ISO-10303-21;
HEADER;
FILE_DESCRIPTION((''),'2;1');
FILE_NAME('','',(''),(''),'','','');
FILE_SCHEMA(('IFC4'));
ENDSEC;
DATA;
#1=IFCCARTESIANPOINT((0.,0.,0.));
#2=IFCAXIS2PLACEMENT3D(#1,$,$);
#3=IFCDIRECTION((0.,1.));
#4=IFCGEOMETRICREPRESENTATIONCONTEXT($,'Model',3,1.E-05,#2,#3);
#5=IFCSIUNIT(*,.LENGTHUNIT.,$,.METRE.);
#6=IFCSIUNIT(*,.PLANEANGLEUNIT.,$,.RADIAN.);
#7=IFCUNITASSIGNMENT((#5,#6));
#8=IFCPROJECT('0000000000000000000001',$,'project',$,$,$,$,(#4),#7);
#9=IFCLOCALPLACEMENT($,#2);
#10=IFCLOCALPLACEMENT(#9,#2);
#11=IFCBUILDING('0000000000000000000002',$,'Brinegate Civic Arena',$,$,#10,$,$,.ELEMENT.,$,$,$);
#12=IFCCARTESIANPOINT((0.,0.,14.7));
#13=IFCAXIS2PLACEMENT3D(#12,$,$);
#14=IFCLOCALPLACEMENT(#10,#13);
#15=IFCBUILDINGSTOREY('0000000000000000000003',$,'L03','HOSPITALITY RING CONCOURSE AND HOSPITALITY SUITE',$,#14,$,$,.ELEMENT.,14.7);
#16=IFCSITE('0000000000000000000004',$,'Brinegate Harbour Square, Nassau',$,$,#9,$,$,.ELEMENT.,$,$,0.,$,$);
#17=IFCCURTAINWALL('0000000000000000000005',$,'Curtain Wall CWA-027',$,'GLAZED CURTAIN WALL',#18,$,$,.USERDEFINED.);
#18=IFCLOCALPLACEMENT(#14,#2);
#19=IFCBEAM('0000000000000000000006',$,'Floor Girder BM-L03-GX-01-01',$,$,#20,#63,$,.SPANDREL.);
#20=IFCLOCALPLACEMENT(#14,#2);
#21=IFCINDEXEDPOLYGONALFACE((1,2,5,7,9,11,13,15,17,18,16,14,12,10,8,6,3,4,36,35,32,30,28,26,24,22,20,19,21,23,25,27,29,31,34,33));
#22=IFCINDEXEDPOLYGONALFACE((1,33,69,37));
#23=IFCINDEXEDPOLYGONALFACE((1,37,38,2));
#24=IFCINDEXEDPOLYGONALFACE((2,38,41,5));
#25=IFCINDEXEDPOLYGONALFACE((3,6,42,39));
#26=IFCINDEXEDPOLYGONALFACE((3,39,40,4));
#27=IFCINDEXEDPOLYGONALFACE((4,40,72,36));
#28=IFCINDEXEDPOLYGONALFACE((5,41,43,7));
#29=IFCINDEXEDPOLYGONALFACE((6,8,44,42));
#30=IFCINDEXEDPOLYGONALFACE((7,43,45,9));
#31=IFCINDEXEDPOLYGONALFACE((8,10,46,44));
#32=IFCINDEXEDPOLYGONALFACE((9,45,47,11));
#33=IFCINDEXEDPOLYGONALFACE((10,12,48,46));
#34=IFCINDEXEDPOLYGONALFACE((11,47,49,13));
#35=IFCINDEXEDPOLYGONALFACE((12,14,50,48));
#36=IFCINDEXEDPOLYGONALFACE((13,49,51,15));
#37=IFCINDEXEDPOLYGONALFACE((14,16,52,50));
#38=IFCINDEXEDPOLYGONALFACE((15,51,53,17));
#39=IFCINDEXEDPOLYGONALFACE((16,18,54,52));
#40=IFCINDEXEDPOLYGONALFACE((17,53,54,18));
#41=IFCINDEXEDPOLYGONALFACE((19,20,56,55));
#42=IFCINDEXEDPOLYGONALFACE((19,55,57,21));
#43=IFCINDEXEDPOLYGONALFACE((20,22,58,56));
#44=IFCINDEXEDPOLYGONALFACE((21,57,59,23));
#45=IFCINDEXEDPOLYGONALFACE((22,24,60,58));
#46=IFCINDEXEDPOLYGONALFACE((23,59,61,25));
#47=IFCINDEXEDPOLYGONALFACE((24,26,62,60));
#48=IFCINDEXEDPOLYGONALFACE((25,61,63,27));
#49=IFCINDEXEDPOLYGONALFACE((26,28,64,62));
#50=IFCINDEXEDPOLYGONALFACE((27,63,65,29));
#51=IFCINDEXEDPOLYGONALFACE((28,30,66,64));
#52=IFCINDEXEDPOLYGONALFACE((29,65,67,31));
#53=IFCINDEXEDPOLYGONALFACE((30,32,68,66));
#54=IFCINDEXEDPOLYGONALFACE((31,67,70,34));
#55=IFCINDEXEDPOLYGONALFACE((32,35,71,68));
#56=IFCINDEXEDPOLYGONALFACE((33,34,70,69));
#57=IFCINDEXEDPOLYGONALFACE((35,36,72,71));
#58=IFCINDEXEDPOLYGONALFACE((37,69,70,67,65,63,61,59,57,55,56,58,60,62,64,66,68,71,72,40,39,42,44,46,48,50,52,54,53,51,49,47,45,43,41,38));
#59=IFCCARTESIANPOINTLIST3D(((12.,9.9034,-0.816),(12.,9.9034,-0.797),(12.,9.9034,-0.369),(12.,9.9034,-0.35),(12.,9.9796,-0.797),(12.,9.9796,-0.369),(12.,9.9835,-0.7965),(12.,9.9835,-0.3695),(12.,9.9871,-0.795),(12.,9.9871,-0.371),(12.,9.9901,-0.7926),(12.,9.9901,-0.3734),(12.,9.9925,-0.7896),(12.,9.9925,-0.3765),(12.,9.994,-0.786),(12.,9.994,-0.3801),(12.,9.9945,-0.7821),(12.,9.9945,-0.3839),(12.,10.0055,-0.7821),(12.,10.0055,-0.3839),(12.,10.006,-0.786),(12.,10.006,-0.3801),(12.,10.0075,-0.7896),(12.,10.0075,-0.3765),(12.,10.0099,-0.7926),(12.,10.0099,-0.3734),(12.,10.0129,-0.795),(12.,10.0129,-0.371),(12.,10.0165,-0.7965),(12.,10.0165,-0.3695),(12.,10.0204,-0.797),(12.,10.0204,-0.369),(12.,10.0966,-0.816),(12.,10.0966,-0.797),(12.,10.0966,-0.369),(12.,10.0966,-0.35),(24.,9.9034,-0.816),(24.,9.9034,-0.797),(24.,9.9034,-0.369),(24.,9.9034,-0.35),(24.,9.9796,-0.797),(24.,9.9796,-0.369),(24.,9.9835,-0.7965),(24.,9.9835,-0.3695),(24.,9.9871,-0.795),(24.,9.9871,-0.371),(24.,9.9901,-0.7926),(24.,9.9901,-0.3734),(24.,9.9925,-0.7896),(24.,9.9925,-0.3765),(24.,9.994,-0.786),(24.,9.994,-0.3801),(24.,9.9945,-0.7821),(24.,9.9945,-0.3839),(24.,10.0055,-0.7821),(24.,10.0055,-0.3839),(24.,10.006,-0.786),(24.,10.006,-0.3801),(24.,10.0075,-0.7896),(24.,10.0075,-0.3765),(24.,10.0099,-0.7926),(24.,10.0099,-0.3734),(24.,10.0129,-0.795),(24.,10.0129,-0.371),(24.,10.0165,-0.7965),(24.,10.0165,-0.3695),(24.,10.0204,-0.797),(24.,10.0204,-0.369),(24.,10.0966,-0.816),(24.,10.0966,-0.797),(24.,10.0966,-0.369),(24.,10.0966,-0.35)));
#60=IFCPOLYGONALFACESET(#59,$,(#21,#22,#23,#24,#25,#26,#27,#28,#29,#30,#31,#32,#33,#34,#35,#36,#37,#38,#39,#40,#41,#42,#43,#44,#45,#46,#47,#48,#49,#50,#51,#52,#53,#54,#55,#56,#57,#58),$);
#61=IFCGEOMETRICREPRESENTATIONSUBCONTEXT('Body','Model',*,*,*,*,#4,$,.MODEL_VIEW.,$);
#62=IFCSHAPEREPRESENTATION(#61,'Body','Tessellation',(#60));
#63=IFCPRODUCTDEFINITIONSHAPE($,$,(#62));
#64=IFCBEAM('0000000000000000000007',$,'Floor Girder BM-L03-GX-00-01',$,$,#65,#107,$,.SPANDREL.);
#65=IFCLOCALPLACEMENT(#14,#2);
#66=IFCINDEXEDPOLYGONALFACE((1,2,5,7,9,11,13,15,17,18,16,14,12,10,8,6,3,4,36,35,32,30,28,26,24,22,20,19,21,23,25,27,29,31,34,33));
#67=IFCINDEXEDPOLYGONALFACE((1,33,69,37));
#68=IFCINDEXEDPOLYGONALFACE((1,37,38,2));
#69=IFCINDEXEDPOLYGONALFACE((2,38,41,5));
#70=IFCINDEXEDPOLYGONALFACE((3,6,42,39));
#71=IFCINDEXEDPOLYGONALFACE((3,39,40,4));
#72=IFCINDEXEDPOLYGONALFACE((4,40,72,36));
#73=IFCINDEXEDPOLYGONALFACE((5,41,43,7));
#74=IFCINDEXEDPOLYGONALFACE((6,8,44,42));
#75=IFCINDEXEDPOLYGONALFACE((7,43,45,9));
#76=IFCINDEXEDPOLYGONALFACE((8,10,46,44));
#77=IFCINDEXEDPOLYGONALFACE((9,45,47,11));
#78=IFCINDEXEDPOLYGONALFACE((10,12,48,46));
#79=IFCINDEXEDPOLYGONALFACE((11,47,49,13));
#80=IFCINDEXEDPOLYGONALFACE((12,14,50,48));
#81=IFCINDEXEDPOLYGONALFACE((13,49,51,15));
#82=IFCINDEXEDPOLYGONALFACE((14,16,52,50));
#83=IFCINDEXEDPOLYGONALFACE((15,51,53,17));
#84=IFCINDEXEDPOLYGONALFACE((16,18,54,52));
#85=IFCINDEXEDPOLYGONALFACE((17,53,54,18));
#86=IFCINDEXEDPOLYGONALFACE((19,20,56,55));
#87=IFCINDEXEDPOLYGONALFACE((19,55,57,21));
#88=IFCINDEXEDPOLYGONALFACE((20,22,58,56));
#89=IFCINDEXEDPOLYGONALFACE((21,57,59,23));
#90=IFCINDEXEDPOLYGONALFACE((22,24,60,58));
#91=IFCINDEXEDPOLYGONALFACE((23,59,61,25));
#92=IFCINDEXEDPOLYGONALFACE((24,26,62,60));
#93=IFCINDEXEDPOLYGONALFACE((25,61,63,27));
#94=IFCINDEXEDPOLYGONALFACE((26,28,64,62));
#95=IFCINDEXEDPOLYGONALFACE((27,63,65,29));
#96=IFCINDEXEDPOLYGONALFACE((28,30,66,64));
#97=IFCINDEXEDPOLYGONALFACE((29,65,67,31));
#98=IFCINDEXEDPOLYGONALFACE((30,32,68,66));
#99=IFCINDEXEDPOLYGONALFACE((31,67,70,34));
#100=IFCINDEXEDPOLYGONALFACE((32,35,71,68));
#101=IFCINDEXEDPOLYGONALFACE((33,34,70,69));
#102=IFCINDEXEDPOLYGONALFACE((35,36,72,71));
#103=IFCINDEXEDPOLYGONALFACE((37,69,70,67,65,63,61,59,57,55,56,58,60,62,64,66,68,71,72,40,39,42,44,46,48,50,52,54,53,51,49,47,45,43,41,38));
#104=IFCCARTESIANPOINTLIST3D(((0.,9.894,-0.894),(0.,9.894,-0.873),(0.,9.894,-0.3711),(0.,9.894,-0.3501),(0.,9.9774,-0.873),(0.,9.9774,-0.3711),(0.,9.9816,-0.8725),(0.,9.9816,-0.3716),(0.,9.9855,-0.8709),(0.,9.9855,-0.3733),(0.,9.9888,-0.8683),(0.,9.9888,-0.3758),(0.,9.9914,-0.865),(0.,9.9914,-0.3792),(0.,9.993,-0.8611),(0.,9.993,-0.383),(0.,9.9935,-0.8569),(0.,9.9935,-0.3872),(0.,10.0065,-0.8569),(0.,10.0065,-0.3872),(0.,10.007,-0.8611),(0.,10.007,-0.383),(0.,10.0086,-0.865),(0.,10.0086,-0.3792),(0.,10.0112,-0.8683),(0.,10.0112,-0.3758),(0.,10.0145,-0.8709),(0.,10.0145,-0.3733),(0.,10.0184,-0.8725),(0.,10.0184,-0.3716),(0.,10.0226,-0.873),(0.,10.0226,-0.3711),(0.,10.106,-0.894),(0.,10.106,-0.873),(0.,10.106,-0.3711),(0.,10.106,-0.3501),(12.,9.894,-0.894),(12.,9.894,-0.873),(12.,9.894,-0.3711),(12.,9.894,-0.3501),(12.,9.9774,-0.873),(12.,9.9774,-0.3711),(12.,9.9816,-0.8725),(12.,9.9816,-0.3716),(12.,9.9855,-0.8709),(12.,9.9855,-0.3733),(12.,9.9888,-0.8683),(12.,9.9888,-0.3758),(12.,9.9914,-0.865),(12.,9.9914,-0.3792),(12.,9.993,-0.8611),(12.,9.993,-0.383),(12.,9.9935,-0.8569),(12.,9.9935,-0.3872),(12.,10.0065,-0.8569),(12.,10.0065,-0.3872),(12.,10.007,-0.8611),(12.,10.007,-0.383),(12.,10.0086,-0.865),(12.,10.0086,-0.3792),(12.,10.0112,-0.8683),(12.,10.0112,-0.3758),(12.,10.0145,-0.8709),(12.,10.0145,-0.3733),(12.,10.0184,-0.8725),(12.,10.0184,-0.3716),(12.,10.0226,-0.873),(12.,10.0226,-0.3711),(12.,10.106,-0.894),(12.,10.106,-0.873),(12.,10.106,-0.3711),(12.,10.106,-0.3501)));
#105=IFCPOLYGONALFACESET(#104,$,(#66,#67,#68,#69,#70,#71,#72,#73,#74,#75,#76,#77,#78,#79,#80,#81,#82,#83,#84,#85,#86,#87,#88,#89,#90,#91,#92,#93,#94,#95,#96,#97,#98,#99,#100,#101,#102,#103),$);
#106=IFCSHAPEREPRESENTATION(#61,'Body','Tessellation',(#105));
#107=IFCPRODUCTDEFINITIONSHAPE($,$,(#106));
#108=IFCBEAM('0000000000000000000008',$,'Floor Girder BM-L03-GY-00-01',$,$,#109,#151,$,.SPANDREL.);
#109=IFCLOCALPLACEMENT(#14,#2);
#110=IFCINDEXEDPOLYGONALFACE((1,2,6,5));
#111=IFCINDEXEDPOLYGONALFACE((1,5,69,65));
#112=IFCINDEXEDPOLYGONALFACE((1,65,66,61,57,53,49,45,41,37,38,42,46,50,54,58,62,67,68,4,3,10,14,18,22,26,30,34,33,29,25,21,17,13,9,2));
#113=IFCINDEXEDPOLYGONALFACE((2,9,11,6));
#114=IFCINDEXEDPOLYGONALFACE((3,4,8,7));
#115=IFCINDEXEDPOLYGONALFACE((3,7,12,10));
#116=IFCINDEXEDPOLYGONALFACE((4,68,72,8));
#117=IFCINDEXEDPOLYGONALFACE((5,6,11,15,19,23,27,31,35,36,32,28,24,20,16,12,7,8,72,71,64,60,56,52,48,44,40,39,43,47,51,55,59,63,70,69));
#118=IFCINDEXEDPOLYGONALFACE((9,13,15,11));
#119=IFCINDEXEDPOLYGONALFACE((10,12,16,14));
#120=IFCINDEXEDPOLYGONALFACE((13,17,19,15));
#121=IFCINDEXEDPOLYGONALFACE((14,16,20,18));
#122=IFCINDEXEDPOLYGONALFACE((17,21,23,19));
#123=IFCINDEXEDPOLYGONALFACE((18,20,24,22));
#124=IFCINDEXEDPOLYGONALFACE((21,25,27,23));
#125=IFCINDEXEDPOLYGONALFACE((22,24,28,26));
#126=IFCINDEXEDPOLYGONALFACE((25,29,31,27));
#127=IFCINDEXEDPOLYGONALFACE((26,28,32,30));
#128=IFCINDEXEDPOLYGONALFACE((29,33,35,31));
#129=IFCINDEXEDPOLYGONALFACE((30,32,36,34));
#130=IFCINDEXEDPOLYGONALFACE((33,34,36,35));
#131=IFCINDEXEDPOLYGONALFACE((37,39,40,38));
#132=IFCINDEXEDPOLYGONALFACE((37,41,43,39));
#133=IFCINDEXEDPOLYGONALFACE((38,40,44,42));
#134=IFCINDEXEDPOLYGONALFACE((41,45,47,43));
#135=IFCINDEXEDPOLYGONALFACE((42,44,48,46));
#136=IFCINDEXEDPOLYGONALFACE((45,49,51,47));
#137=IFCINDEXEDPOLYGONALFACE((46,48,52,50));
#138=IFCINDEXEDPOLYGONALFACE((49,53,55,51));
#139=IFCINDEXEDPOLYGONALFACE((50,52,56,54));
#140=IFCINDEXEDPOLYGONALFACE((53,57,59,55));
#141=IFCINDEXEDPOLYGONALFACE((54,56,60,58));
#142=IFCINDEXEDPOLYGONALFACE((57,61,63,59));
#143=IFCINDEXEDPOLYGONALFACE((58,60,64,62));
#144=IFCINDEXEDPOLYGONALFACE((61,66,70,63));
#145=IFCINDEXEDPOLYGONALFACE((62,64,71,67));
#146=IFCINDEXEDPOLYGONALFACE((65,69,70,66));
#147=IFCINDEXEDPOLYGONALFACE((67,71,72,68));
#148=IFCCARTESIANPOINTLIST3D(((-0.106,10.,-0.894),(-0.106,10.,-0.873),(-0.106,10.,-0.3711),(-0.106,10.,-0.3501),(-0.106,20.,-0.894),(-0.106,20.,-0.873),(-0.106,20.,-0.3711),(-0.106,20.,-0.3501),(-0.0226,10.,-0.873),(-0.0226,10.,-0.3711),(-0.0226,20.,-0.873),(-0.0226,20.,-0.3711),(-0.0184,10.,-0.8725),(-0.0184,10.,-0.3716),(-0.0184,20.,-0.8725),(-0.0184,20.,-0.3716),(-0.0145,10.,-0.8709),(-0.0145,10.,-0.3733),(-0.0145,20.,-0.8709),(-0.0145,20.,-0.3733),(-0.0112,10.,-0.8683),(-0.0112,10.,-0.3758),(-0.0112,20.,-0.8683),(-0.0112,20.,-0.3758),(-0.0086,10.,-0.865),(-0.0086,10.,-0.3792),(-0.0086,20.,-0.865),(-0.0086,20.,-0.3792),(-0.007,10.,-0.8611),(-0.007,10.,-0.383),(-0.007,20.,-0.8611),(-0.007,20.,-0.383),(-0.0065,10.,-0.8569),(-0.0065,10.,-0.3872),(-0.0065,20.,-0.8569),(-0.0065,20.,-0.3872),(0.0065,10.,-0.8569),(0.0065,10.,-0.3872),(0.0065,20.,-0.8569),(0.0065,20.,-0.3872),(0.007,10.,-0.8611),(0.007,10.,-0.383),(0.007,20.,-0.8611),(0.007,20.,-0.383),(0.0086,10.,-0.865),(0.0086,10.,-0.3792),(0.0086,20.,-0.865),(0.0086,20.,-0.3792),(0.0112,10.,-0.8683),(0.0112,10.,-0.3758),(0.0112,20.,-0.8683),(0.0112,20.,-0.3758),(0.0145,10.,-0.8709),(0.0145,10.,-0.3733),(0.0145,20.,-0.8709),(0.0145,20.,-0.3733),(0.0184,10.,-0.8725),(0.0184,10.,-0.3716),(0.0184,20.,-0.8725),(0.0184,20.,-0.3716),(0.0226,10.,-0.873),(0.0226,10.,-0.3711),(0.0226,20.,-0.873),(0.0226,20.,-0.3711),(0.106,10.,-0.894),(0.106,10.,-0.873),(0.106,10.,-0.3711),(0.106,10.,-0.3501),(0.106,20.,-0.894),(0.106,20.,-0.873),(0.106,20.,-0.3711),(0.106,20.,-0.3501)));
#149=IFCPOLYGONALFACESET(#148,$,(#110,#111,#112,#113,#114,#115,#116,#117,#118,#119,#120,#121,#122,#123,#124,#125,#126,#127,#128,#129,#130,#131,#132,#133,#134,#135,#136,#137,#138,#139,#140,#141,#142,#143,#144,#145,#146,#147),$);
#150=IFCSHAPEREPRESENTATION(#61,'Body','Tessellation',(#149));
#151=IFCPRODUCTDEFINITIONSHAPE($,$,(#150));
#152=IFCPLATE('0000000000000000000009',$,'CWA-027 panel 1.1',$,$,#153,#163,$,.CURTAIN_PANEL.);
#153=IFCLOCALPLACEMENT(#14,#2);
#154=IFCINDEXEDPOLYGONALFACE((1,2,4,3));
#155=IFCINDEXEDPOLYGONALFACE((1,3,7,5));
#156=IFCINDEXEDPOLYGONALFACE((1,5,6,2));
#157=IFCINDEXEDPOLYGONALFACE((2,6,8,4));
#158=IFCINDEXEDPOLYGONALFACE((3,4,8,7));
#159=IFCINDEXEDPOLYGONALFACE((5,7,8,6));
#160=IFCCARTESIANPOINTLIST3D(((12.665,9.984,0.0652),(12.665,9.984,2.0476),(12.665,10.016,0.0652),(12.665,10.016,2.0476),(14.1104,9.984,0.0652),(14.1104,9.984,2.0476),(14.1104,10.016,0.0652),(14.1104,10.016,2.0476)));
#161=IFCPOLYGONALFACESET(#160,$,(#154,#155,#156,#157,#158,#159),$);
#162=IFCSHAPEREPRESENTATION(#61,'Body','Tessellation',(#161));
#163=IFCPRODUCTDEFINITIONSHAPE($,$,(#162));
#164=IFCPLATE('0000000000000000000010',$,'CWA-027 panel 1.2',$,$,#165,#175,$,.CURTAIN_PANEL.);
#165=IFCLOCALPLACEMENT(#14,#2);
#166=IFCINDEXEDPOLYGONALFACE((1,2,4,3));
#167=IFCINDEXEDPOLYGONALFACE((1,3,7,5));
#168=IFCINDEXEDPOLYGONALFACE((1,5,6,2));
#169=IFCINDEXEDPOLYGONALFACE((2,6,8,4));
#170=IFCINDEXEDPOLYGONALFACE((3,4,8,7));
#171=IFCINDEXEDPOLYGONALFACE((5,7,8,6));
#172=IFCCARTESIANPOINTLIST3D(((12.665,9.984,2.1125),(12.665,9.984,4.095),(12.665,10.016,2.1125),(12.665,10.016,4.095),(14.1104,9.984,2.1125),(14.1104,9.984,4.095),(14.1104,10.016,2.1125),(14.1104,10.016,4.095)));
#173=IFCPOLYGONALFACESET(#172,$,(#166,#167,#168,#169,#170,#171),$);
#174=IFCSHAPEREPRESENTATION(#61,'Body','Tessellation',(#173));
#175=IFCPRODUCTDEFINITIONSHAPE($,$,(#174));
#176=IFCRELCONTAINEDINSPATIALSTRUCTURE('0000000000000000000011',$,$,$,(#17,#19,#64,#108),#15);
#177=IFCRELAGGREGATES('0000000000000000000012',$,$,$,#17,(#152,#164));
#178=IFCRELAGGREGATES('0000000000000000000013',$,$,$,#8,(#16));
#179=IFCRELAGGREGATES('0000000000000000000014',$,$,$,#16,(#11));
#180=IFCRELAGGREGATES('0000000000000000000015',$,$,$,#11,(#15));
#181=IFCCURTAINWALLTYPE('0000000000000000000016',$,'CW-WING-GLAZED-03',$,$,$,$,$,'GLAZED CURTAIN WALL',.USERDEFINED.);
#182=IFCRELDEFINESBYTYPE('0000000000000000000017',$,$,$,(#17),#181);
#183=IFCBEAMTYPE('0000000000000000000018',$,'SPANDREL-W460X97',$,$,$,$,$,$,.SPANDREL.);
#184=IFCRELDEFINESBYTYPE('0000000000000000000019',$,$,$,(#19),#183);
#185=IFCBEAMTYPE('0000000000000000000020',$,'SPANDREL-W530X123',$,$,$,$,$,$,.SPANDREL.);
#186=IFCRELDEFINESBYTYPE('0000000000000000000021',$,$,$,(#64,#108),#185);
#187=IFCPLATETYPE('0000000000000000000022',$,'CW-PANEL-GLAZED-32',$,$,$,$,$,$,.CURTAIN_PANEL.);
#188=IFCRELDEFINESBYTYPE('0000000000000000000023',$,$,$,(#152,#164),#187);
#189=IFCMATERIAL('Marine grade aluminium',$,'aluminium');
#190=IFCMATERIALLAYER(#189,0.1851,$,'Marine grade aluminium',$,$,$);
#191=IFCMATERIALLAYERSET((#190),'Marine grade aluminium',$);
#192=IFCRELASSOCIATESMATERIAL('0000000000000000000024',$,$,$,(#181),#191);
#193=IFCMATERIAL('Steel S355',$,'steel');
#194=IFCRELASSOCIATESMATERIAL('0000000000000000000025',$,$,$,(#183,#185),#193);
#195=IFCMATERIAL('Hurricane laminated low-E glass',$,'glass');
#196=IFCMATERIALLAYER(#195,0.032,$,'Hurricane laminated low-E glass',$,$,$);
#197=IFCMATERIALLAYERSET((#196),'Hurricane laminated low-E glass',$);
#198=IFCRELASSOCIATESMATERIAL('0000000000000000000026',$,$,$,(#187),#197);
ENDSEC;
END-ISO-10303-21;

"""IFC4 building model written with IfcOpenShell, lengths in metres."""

from ifc_helpers import new_model, si_unit, direction, frame, origin, origin_2d, place, context, subcontext, project, spatial, rectangle, i_section, extrude, material, layer, layer_set, material_profile, profile_set, type_object, element, aggregate, save


model = new_model("IFC4")

# Units and contexts
model_context = context("Model", 3, precision=1e-05, world=origin(), true_north=direction((0.0, 1.0)))
body_context = subcontext(model_context, "Body", "Model", "MODEL_VIEW")
ifc_project = project(units=[si_unit("LENGTHUNIT", "METRE"), si_unit("PLANEANGLEUNIT", "RADIAN")], contexts=[model_context])

# Site, building, storey
site_placement = place(None, origin())
site = spatial("IfcSite", under=ifc_project, at=site_placement, Name="Brinegate Harbour Square, Nassau", CompositionType="ELEMENT", RefElevation=0.0)
building_placement = place(site_placement, origin())
building = spatial("IfcBuilding", under=site, at=building_placement, Name="Brinegate Civic Arena", CompositionType="ELEMENT")
storey_placement = place(building_placement, frame((0.0, 0.0, 14.7)))
storey = spatial("IfcBuildingStorey", under=building, at=storey_placement, Name="L03", Description="HOSPITALITY RING CONCOURSE AND HOSPITALITY SUITE", CompositionType="ELEMENT", Elevation=14.7)

# Curtain wall
ifc_material_1 = material(Name="Marine grade aluminium", Category="aluminium")
ifc_layer_1 = layer(ifc_material_1, 0.1851, Name="Marine grade aluminium")
ifc_layer_set_1 = layer_set([ifc_layer_1], Name="Marine grade aluminium")
curtain_wall_type = type_object("IfcCurtainWallType", Name="CW-WING-GLAZED-03", ElementType="GLAZED CURTAIN WALL", PredefinedType="USERDEFINED", material=ifc_layer_set_1)
curtain_wall_placement = place(storey_placement, origin())
curtain_wall = element("IfcCurtainWall", 1, at=curtain_wall_placement, inside=storey, type_object=curtain_wall_type, Name="Curtain Wall CWA-027", ObjectType="GLAZED CURTAIN WALL", PredefinedType="USERDEFINED")

# Beams
ifc_material_2 = material(Name="Steel S355", Category="steel")
ifc_material_profile_1 = material_profile(ifc_material_2, i_section(OverallWidth=0.1931, OverallDepth=0.4661, WebThickness=0.011, FlangeThickness=0.019, FilletRadius=0.0149, at=origin_2d()), Name="W460X97")
ifc_profile_set_1 = profile_set([ifc_material_profile_1], Name="Steel S355")
beam_type_1 = type_object("IfcBeamType", Name="SPANDREL-W460X97", PredefinedType="SPANDREL", material=ifc_profile_set_1)
beam_1_placement = place(storey_placement, frame((12.0, 10.0, -0.583), z_axis=(1.0, 0.0, 0.0), x_axis=(0.0, 1.0, 0.0)))
element("IfcBeam", 2, at=beam_1_placement, inside=storey, type_object=beam_type_1, Name="Floor Girder BM-L03-GX-01-01", PredefinedType="SPANDREL", context=body_context, shape_type="SweptSolid", body=[
    extrude(i_section(OverallWidth=0.1931, OverallDepth=0.4661, WebThickness=0.011, FlangeThickness=0.019, FilletRadius=0.0149, at=origin_2d()), origin(), (0.0, 0.0, 1.0), 12.0),
])
ifc_material_profile_2 = material_profile(ifc_material_2, i_section(OverallWidth=0.2119, OverallDepth=0.5439, WebThickness=0.0129, FlangeThickness=0.021, FilletRadius=0.0161, at=origin_2d()), Name="W530X123")
ifc_profile_set_2 = profile_set([ifc_material_profile_2], Name="Steel S355")
beam_type_2 = type_object("IfcBeamType", Name="SPANDREL-W530X123", PredefinedType="SPANDREL", material=ifc_profile_set_2)
beam_2_placement = place(storey_placement, frame((0.0, 10.0, -0.6221), z_axis=(1.0, 0.0, 0.0), x_axis=(0.0, 1.0, 0.0)))
element("IfcBeam", 3, at=beam_2_placement, inside=storey, type_object=beam_type_2, Name="Floor Girder BM-L03-GX-00-01", PredefinedType="SPANDREL", context=body_context, shape_type="SweptSolid", body=[
    extrude(i_section(OverallWidth=0.2119, OverallDepth=0.5439, WebThickness=0.0129, FlangeThickness=0.021, FilletRadius=0.0161, at=origin_2d()), origin(), (0.0, 0.0, 1.0), 12.0),
])
beam_3_placement = place(storey_placement, frame((0.0, 10.0, -0.6221), z_axis=(0.0, 1.0, 0.0), x_axis=(-1.0, 0.0, 0.0)))
element("IfcBeam", 4, at=beam_3_placement, inside=storey, type_object=beam_type_2, Name="Floor Girder BM-L03-GY-00-01", PredefinedType="SPANDREL", context=body_context, shape_type="SweptSolid", body=[
    extrude(i_section(OverallWidth=0.2119, OverallDepth=0.5439, WebThickness=0.0129, FlangeThickness=0.021, FilletRadius=0.0161, at=origin_2d()), origin(), (0.0, 0.0, 1.0), 10.0),
])

# Plates
ifc_material_3 = material(Name="Hurricane laminated low-E glass", Category="glass")
ifc_layer_2 = layer(ifc_material_3, 0.032, Name="Hurricane laminated low-E glass")
ifc_layer_set_2 = layer_set([ifc_layer_2], Name="Hurricane laminated low-E glass")
plate_type = type_object("IfcPlateType", Name="CW-PANEL-GLAZED-32", PredefinedType="CURTAIN_PANEL", material=ifc_layer_set_2)
plate_1_placement = place(storey_placement, frame((13.3877, 10.0, 0.0652), z_axis=(0.0, 0.0, 1.0), x_axis=(1.0, 0.0, 0.0)))
plate_1 = element("IfcPlate", 5, at=plate_1_placement, type_object=plate_type, Name="CWA-027 panel 1.1", PredefinedType="CURTAIN_PANEL", context=body_context, shape_type="SweptSolid", body=[
    extrude(rectangle(XDim=1.4453, YDim=0.032, at=origin_2d()), origin(), (0.0, 0.0, 1.0), 1.9824),
])
plate_2_placement = place(storey_placement, frame((13.3877, 10.0, 2.1125), z_axis=(0.0, 0.0, 1.0), x_axis=(1.0, 0.0, 0.0)))
plate_2 = element("IfcPlate", 6, at=plate_2_placement, type_object=plate_type, Name="CWA-027 panel 1.2", PredefinedType="CURTAIN_PANEL", context=body_context, shape_type="SweptSolid", body=[
    extrude(rectangle(XDim=1.4453, YDim=0.032, at=origin_2d()), origin(), (0.0, 0.0, 1.0), 1.9824),
])
aggregate(curtain_wall, [plate_1, plate_2])

save(model, "model.ifc")
